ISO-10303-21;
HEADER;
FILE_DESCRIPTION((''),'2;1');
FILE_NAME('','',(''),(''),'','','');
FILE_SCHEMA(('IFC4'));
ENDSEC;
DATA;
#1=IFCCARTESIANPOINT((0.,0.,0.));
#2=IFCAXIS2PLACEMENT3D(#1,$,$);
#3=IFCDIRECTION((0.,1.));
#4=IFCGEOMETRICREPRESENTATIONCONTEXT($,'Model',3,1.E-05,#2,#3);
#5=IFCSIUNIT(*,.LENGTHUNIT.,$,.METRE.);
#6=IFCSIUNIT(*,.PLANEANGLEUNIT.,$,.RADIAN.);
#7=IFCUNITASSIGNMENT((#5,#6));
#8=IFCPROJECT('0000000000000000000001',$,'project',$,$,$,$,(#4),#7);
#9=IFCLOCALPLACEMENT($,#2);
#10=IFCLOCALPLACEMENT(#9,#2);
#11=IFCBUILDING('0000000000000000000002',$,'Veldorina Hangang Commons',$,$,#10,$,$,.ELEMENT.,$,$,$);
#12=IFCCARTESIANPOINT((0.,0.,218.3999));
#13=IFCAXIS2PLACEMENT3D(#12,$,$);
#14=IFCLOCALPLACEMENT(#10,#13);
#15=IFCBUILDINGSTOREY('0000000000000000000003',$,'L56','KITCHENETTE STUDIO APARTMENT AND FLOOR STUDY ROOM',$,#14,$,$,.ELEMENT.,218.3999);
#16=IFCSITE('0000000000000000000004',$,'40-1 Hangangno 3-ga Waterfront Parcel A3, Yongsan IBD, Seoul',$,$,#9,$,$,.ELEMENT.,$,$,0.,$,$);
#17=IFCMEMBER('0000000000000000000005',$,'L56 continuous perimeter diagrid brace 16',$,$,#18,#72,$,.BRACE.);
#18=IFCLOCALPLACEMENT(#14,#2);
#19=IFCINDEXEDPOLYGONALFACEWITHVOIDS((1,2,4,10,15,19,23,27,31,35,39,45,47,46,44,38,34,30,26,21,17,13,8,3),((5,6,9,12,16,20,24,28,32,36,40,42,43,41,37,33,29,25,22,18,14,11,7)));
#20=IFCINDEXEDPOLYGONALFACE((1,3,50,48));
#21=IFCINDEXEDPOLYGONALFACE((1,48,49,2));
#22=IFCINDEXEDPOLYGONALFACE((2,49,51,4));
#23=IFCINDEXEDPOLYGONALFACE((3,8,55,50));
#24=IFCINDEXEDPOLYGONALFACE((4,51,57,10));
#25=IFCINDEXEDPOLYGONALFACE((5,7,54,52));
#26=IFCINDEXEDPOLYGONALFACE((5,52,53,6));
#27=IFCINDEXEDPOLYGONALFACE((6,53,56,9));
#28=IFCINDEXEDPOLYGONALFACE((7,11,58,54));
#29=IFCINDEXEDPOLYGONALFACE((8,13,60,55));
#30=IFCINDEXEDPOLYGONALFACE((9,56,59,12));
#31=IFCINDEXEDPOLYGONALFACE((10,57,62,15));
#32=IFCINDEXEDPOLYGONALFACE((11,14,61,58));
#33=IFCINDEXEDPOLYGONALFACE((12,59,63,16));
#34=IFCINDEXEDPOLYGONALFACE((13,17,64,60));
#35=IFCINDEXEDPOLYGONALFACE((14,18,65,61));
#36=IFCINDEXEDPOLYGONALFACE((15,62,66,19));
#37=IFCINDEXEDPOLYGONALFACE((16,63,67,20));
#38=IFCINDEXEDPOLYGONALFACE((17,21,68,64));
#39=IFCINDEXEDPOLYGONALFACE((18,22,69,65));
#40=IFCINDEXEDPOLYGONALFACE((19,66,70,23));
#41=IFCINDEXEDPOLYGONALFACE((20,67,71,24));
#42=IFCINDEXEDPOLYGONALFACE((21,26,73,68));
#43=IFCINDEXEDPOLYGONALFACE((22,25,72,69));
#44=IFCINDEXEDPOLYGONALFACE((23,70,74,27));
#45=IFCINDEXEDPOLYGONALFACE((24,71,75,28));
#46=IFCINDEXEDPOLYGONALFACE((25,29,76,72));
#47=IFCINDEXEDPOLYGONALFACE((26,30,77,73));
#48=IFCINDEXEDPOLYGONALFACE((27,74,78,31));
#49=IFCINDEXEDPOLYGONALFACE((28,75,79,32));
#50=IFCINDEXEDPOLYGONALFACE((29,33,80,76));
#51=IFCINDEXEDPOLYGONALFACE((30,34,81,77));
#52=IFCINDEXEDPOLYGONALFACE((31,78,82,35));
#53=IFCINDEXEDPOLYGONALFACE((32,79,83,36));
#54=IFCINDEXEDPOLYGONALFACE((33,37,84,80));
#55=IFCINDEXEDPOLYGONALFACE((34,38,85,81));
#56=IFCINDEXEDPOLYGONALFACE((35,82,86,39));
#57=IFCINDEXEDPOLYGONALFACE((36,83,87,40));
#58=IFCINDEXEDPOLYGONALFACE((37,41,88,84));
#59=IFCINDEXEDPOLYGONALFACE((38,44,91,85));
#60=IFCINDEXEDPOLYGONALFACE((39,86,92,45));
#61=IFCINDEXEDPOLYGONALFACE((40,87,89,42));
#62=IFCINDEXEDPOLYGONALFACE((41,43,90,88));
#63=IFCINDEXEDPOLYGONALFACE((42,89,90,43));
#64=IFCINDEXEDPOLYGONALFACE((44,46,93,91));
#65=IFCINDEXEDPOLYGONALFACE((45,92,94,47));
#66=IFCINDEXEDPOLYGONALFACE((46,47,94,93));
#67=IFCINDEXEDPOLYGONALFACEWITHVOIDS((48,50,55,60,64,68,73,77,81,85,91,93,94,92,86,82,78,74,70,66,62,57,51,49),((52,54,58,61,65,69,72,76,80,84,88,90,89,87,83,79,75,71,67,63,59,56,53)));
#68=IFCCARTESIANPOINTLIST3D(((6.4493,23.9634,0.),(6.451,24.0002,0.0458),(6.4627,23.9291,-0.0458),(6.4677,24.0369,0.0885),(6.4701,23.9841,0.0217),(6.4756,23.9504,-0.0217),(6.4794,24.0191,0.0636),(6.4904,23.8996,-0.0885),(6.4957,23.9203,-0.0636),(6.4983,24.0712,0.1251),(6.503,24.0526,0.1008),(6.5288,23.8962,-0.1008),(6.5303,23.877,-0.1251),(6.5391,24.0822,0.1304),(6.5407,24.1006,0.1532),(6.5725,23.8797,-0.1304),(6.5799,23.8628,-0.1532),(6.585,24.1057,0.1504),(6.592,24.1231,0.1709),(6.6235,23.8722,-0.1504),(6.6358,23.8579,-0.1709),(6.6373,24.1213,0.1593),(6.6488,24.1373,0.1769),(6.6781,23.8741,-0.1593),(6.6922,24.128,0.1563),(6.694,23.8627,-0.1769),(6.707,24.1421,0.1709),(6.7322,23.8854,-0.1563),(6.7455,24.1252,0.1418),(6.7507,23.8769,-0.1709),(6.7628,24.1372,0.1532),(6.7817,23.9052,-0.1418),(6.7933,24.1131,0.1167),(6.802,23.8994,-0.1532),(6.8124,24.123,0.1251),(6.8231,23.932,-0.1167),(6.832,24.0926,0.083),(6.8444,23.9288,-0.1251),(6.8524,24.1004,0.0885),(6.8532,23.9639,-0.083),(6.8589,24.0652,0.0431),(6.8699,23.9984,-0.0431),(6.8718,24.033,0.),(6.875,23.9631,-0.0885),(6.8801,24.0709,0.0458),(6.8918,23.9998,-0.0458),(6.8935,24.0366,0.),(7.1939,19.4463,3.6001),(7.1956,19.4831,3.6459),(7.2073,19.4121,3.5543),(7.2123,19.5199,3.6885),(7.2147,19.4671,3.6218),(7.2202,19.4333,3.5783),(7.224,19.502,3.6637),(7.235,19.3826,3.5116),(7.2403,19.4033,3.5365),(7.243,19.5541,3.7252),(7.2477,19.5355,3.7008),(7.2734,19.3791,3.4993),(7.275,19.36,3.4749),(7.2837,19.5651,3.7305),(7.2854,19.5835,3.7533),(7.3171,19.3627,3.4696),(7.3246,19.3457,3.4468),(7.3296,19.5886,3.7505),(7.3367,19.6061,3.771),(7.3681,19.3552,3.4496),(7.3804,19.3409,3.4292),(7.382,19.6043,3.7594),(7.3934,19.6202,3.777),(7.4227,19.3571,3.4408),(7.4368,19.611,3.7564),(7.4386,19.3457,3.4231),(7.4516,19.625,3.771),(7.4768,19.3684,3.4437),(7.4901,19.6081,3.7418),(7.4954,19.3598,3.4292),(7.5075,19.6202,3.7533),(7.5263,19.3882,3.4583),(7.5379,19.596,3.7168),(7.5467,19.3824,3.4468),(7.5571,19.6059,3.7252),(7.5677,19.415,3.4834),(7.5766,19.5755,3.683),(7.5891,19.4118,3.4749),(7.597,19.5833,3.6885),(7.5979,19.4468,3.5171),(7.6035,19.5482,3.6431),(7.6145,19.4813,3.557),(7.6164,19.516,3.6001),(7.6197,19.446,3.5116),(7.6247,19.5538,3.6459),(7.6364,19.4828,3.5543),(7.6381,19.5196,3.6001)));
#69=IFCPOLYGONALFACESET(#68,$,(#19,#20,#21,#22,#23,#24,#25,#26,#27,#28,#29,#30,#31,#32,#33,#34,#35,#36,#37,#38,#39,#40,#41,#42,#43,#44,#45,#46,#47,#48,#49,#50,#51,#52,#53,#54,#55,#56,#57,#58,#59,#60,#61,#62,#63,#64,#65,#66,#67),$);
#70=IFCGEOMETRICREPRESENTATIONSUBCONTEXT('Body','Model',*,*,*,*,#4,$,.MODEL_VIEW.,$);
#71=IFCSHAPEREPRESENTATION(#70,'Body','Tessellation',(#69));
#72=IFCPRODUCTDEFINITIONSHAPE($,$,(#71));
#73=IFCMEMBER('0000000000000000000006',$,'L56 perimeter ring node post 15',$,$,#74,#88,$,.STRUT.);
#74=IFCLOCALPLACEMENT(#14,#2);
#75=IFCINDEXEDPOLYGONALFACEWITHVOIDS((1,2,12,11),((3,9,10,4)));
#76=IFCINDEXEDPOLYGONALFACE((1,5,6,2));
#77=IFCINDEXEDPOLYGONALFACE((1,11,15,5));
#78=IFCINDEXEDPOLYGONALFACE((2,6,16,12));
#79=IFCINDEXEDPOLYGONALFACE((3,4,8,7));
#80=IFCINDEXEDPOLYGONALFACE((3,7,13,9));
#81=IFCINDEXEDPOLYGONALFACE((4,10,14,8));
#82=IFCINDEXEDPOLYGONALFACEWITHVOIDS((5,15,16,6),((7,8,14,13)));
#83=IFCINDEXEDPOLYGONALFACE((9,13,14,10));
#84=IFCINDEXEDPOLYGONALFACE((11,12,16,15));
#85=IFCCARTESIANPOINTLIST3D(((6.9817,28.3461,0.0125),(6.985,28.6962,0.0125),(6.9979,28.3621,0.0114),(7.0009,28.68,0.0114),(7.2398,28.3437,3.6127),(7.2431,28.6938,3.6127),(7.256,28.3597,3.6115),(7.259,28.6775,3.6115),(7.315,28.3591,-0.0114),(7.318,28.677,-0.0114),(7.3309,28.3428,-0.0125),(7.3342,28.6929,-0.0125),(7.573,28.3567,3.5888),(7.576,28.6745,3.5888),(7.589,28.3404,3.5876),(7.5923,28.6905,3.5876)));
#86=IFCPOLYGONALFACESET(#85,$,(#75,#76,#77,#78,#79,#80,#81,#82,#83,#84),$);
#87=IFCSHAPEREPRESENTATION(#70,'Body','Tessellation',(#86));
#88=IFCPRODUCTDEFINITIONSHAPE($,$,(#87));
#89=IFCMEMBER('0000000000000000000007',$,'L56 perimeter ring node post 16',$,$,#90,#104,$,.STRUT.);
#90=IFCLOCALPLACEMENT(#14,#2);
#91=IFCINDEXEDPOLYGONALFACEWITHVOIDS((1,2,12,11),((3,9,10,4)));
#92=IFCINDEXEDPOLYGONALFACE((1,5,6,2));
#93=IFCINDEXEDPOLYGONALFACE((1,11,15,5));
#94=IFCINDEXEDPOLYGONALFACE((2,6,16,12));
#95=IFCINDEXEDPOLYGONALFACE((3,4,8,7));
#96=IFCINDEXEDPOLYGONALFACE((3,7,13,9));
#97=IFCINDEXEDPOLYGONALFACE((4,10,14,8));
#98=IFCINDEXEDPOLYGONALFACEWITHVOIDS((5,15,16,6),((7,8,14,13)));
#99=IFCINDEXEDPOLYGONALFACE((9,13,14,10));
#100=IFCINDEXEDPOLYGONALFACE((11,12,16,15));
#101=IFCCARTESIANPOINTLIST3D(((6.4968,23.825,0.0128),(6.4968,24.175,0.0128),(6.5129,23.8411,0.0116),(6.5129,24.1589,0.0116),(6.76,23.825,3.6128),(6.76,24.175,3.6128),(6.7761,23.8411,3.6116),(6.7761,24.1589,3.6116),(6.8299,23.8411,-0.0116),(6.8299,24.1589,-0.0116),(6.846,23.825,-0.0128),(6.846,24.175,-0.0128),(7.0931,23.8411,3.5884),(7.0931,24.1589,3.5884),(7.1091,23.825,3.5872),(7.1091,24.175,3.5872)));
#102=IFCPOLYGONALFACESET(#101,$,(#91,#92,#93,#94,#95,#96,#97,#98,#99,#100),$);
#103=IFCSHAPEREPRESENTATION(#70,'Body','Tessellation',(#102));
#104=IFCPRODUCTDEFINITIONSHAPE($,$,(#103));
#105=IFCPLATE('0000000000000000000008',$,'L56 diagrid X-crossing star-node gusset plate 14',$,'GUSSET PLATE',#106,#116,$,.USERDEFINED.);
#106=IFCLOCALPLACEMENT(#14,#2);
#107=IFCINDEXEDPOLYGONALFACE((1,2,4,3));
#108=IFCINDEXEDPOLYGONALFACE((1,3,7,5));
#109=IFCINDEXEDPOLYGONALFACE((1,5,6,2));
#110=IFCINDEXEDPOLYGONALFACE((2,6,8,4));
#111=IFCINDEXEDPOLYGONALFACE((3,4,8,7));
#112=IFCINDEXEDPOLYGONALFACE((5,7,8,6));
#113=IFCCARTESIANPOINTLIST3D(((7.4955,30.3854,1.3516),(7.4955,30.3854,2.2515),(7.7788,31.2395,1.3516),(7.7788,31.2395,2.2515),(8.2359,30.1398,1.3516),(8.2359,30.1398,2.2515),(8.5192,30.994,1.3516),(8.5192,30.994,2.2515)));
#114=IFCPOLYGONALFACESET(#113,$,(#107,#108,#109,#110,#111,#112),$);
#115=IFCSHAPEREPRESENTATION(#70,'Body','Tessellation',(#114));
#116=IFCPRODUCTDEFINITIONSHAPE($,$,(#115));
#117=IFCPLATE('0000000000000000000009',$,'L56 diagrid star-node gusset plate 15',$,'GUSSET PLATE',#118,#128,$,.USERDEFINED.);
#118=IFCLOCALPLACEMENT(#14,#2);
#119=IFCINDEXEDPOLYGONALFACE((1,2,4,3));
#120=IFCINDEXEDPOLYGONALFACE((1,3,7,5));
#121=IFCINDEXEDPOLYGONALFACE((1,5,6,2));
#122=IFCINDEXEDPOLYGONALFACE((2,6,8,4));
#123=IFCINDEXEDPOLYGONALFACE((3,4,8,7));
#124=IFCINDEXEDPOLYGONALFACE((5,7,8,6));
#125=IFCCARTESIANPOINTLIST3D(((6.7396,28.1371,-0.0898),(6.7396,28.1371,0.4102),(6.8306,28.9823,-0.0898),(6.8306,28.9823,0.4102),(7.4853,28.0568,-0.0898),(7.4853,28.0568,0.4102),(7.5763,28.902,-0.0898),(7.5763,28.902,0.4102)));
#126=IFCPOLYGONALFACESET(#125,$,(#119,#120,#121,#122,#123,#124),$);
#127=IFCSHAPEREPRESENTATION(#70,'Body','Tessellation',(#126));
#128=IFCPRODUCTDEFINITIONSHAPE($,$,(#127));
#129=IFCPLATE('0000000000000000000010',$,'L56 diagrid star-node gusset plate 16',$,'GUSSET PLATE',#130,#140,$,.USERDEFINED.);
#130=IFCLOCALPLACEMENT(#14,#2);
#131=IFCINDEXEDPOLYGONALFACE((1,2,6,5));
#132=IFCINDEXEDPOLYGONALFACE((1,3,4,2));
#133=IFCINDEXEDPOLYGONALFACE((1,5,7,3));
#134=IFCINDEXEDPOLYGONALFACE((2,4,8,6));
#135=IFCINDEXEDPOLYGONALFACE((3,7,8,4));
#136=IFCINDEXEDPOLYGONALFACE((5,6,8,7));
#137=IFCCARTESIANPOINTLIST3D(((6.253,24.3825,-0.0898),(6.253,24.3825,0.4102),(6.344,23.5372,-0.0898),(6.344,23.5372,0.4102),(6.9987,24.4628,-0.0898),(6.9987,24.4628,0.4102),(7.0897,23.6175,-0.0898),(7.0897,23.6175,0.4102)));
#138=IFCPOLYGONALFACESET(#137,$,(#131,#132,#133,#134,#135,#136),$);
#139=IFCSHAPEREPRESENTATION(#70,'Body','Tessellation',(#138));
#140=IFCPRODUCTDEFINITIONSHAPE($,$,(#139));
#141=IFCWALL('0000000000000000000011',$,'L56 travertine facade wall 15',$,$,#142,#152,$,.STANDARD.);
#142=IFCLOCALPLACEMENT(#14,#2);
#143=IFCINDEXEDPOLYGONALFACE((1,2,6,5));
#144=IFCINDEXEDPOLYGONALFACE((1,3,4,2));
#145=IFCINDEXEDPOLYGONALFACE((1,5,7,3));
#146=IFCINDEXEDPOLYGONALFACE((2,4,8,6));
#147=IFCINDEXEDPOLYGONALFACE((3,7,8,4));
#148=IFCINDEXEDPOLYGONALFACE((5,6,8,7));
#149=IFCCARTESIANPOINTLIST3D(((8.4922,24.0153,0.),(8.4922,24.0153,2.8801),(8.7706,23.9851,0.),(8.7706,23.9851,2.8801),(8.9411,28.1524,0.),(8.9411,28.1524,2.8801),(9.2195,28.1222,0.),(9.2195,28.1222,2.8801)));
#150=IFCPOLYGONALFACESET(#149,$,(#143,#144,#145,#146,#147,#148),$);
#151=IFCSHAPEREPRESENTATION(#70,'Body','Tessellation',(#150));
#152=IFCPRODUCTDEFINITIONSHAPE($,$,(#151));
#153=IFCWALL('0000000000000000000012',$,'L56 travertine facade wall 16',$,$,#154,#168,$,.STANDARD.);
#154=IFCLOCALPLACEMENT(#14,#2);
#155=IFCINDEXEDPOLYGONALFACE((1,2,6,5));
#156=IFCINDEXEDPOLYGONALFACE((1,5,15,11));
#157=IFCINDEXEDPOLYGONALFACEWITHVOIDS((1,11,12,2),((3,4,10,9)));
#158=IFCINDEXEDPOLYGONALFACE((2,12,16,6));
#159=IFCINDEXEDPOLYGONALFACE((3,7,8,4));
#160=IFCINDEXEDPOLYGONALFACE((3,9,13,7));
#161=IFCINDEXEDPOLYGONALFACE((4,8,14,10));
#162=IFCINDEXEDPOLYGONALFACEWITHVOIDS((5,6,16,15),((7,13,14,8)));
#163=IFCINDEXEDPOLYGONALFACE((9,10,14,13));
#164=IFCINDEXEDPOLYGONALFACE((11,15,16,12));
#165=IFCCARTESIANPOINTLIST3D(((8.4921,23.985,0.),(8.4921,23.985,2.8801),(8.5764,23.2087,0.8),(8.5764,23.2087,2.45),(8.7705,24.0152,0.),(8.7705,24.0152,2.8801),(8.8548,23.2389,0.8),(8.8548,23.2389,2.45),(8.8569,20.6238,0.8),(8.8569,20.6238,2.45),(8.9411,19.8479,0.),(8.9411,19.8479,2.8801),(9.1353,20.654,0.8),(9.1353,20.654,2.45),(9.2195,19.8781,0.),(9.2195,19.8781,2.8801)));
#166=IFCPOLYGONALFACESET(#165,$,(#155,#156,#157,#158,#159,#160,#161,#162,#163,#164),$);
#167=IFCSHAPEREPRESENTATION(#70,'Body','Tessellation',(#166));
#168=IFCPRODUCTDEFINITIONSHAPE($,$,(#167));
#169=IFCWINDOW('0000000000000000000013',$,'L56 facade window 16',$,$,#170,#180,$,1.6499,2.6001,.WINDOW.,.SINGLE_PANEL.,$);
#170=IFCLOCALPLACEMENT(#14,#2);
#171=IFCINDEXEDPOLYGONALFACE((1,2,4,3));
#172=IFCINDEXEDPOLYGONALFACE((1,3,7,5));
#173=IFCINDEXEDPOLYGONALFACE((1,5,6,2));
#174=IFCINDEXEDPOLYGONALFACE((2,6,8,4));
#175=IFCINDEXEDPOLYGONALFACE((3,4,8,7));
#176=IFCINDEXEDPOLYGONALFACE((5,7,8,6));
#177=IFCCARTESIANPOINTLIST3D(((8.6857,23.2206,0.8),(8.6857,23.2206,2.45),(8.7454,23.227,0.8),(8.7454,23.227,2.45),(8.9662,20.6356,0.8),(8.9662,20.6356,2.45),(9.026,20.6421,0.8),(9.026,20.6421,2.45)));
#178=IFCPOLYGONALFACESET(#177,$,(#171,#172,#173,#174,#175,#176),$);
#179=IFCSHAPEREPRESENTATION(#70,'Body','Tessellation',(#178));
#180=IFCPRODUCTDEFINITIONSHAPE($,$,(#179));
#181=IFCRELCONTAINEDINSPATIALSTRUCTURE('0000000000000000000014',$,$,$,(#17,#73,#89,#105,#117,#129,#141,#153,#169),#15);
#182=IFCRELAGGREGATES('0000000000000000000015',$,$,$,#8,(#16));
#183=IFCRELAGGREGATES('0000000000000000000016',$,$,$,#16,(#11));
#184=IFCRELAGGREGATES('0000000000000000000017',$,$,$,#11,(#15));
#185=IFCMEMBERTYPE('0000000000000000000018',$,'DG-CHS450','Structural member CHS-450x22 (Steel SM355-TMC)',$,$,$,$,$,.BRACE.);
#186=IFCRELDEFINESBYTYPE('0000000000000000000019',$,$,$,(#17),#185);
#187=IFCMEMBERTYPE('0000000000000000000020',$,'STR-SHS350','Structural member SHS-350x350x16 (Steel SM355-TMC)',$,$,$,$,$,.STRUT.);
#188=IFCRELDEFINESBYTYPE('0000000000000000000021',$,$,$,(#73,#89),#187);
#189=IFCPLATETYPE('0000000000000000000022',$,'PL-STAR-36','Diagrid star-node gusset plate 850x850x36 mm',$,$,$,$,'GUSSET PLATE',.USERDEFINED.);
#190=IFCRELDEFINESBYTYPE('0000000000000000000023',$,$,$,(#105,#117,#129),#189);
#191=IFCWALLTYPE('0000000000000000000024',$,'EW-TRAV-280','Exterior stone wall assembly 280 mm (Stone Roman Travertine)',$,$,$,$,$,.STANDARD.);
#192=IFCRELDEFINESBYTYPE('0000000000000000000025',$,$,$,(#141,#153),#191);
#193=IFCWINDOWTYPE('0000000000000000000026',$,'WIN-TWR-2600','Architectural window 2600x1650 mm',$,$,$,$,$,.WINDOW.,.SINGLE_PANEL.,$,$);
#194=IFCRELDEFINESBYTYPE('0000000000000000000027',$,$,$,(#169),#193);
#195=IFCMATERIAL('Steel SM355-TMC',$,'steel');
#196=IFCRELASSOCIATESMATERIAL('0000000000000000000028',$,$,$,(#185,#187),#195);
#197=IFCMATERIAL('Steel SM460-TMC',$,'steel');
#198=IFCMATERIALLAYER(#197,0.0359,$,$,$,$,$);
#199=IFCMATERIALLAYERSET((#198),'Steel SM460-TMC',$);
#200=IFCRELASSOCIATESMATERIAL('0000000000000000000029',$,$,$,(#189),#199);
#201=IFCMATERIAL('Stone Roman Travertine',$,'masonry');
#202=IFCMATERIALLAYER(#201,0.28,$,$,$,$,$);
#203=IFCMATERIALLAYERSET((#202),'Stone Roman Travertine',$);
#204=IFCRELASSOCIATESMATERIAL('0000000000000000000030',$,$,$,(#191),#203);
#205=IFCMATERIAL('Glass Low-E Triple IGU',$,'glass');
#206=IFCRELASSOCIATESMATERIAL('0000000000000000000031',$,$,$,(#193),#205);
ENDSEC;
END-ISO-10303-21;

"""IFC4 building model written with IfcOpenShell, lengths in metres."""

from ifc_helpers import new_model, si_unit, direction, frame, frame_2d, origin, origin_2d, place, context, subcontext, project, spatial, rectangle, hollow_rectangle, hollow_circle, extrude, material, layer, layer_set, material_profile, profile_set, type_object, element, fill, save


model = new_model("IFC4")

# Units and contexts
model_context = context("Model", 3, precision=1e-05, world=origin(), true_north=direction((0.0, 1.0)))
body_context = subcontext(model_context, "Body", "Model", "MODEL_VIEW")
ifc_project = project(units=[si_unit("LENGTHUNIT", "METRE"), si_unit("PLANEANGLEUNIT", "RADIAN")], contexts=[model_context])

# Site, building, storey
site_placement = place(None, origin())
site = spatial("IfcSite", under=ifc_project, at=site_placement, Name="40-1 Hangangno 3-ga Waterfront Parcel A3, Yongsan IBD, Seoul", CompositionType="ELEMENT", RefElevation=0.0)
building_placement = place(site_placement, origin())
building = spatial("IfcBuilding", under=site, at=building_placement, Name="Veldorina Hangang Commons", CompositionType="ELEMENT")
storey_placement = place(building_placement, frame((0.0, 0.0, 218.3999)))
storey = spatial("IfcBuildingStorey", under=building, at=storey_placement, Name="L56", Description="KITCHENETTE STUDIO APARTMENT AND FLOOR STUDY ROOM", CompositionType="ELEMENT", Elevation=218.3999)

# Shared definitions
ifc_material_1 = material(Name="Steel SM355-TMC", Category="steel")

# Members
ifc_material_profile_1 = material_profile(ifc_material_1, hollow_circle(Radius=0.2251, WallThickness=0.022, at=origin_2d()), Name="CHS-450x22")
ifc_profile_set_1 = profile_set([ifc_material_profile_1], Name="Steel SM355-TMC")
member_type_1 = type_object("IfcMemberType", Name="DG-CHS450", Description="Structural member CHS-450x22 (Steel SM355-TMC)", PredefinedType="BRACE", material=ifc_profile_set_1)
member_1_placement = place(storey_placement, frame((6.6714, 24.0, 0.0), z_axis=(0.127855, -0.775596, 0.618146), x_axis=(0.986684, 0.162652, 0.0)))
element("IfcMember", 1, at=member_1_placement, inside=storey, type_object=member_type_1, Name="L56 continuous perimeter diagrid brace 16", PredefinedType="BRACE", context=body_context, shape_type="SweptSolid", body=[
    extrude(hollow_circle(Radius=0.2251, WallThickness=0.022, at=origin_2d()), origin(), (0.0, 0.0, 1.0), 5.824),
])
ifc_material_profile_2 = material_profile(ifc_material_1, hollow_rectangle(XDim=0.3501, YDim=0.3501, WallThickness=0.0161, at=origin_2d()), Name="SHS-350x350x16")
ifc_profile_set_2 = profile_set([ifc_material_profile_2], Name="Steel SM355-TMC")
member_type_2 = type_object("IfcMemberType", Name="STR-SHS350", Description="Structural member SHS-350x350x16 (Steel SM355-TMC)", PredefinedType="STRUT", material=ifc_profile_set_2)
member_2_placement = place(storey_placement, frame((7.158, 28.5195, 0.0), z_axis=(0.071497, -0.000676, 0.997441), x_axis=(0.00946, 0.999955, 0.0)))
element("IfcMember", 2, at=member_2_placement, inside=storey, type_object=member_type_2, Name="L56 perimeter ring node post 15", PredefinedType="STRUT", context=body_context, shape_type="SweptSolid", body=[
    extrude(hollow_rectangle(XDim=0.3501, YDim=0.3501, WallThickness=0.0161, at=origin_2d()), origin(), (0.0, 0.0, 1.0), 3.6094),
])
member_3_placement = place(storey_placement, frame((6.6714, 24.0, 0.0), z_axis=(0.07291, 0.0, 0.997339), x_axis=(0.0, 1.0, 0.0)))
element("IfcMember", 3, at=member_3_placement, inside=storey, type_object=member_type_2, Name="L56 perimeter ring node post 16", PredefinedType="STRUT", context=body_context, shape_type="SweptSolid", body=[
    extrude(hollow_rectangle(XDim=0.3501, YDim=0.3501, WallThickness=0.0161, at=origin_2d()), origin(), (0.0, 0.0, 1.0), 3.6096),
])

# Plates
ifc_material_2 = material(Name="Steel SM460-TMC", Category="steel")
ifc_layer_1 = layer(ifc_material_2, 0.0359)
ifc_layer_set_1 = layer_set([ifc_layer_1], Name="Steel SM460-TMC")
plate_type = type_object("IfcPlateType", Name="PL-STAR-36", Description="Diagrid star-node gusset plate 850x850x36 mm", ElementType="GUSSET PLATE", PredefinedType="USERDEFINED", material=ifc_layer_set_1)
plate_placement = place(storey_placement, frame((8.0073, 30.6897, 1.3516), z_axis=(0.0, 0.0, 1.0), x_axis=(-0.314788, -0.949162, 0.0)))
element("IfcPlate", 4, at=plate_placement, inside=storey, type_object=plate_type, Name="L56 diagrid X-crossing star-node gusset plate 14", ObjectType="GUSSET PLATE", PredefinedType="USERDEFINED", context=body_context, shape_type="SweptSolid", body=[
    extrude(rectangle(XDim=0.8999, YDim=0.78, at=origin_2d()), origin(), (0.0, 0.0, 1.0), 0.8999),
])
for number, where, z_axis, x_axis, name in (
    (5, (7.158, 28.5195, -0.0898), (0.0, 0.0, 1.0), (-0.107062, -0.994252, 0.0), "L56 diagrid star-node gusset plate 15"),
    (6, (6.6714, 24.0, -0.0898), (0.0, 0.0, 1.0), (0.107062, -0.994252, 0.0), "L56 diagrid star-node gusset plate 16"),
):
    element("IfcPlate", number, at=place(storey_placement, frame(where, z_axis=z_axis, x_axis=x_axis)), inside=storey, type_object=plate_type, Name=name, ObjectType="GUSSET PLATE", PredefinedType="USERDEFINED", context=body_context, shape_type="SweptSolid", body=[
        extrude(rectangle(XDim=0.8501, YDim=0.75, at=origin_2d()), origin(), (0.0, 0.0, 1.0), 0.5),
    ])

# Wall
ifc_material_3 = material(Name="Stone Roman Travertine", Category="masonry")
ifc_layer_2 = layer(ifc_material_3, 0.28)
ifc_layer_set_2 = layer_set([ifc_layer_2], Name="Stone Roman Travertine")
wall_type_1 = type_object("IfcWallType", Name="EW-TRAV-280", Description="Exterior stone wall assembly 280 mm (Stone Roman Travertine)", PredefinedType="STANDARD", material=ifc_layer_set_2)
wall_1_placement = place(storey_placement, frame((9.0803, 28.1372, 0.0), z_axis=(0.0, 0.0, 1.0), x_axis=(-0.107888, -0.994163, 0.0)))
element("IfcWall", 7, at=wall_1_placement, inside=storey, type_object=wall_type_1, Name="L56 travertine facade wall 15", PredefinedType="STANDARD", context=body_context, shape_type="SweptSolid", body=[
    extrude(rectangle(XDim=4.1614, YDim=0.28, at=frame_2d((2.0806, 0.0))), origin(), (0.0, 0.0, 1.0), 2.8801),
])

# Wall, opening, window
wall_2_placement = place(storey_placement, frame((8.6313, 24.0, 0.0), z_axis=(0.0, 0.0, 1.0), x_axis=(0.107888, -0.994163, 0.0)))
wall_2 = element("IfcWall", 8, at=wall_2_placement, inside=storey, type_object=wall_type_1, Name="L56 travertine facade wall 16", PredefinedType="STANDARD", context=body_context, shape_type="SweptSolid", body=[
    extrude(rectangle(XDim=4.1614, YDim=0.28, at=frame_2d((2.0806, 0.0))), origin(), (0.0, 0.0, 1.0), 2.8801),
])
opening_1_placement = place(wall_2_placement, frame((0.7808, 0.0, 0.8)))
opening_1 = element("IfcOpeningElement", 9, at=opening_1_placement, cuts=wall_2, PredefinedType="OPENING", context=body_context, shape_type="SweptSolid", body=[
    extrude(rectangle(XDim=2.6001, YDim=1.6499, at=frame_2d((1.3, 0.825))), frame((0.0, 0.1499, 0.0), z_axis=(0.0, -1.0, 0.0), x_axis=(1.0, 0.0, 0.0)), (0.0, 0.0, 1.0), 0.3),
])
ifc_material_4 = material(Name="Glass Low-E Triple IGU", Category="glass")
window_type = type_object("IfcWindowType", Name="WIN-TWR-2600", Description="Architectural window 2600x1650 mm", PartitioningType="SINGLE_PANEL", PredefinedType="WINDOW", material=ifc_material_4)
window_placement = place(opening_1_placement, origin())
window = element("IfcWindow", 10, at=window_placement, inside=storey, type_object=window_type, Name="L56 facade window 16", OverallHeight=1.6499, OverallWidth=2.6001, PartitioningType="SINGLE_PANEL", PredefinedType="WINDOW", context=body_context, shape_type="SweptSolid", body=[
    extrude(rectangle(XDim=2.6001, YDim=1.6499, at=frame_2d((1.3, 0.825))), frame((0.0, 0.03, 0.0), z_axis=(0.0, -1.0, 0.0), x_axis=(1.0, 0.0, 0.0)), (0.0, 0.0, 1.0), 0.0601),
])
fill(opening_1, window)

save(model, "model.ifc")
